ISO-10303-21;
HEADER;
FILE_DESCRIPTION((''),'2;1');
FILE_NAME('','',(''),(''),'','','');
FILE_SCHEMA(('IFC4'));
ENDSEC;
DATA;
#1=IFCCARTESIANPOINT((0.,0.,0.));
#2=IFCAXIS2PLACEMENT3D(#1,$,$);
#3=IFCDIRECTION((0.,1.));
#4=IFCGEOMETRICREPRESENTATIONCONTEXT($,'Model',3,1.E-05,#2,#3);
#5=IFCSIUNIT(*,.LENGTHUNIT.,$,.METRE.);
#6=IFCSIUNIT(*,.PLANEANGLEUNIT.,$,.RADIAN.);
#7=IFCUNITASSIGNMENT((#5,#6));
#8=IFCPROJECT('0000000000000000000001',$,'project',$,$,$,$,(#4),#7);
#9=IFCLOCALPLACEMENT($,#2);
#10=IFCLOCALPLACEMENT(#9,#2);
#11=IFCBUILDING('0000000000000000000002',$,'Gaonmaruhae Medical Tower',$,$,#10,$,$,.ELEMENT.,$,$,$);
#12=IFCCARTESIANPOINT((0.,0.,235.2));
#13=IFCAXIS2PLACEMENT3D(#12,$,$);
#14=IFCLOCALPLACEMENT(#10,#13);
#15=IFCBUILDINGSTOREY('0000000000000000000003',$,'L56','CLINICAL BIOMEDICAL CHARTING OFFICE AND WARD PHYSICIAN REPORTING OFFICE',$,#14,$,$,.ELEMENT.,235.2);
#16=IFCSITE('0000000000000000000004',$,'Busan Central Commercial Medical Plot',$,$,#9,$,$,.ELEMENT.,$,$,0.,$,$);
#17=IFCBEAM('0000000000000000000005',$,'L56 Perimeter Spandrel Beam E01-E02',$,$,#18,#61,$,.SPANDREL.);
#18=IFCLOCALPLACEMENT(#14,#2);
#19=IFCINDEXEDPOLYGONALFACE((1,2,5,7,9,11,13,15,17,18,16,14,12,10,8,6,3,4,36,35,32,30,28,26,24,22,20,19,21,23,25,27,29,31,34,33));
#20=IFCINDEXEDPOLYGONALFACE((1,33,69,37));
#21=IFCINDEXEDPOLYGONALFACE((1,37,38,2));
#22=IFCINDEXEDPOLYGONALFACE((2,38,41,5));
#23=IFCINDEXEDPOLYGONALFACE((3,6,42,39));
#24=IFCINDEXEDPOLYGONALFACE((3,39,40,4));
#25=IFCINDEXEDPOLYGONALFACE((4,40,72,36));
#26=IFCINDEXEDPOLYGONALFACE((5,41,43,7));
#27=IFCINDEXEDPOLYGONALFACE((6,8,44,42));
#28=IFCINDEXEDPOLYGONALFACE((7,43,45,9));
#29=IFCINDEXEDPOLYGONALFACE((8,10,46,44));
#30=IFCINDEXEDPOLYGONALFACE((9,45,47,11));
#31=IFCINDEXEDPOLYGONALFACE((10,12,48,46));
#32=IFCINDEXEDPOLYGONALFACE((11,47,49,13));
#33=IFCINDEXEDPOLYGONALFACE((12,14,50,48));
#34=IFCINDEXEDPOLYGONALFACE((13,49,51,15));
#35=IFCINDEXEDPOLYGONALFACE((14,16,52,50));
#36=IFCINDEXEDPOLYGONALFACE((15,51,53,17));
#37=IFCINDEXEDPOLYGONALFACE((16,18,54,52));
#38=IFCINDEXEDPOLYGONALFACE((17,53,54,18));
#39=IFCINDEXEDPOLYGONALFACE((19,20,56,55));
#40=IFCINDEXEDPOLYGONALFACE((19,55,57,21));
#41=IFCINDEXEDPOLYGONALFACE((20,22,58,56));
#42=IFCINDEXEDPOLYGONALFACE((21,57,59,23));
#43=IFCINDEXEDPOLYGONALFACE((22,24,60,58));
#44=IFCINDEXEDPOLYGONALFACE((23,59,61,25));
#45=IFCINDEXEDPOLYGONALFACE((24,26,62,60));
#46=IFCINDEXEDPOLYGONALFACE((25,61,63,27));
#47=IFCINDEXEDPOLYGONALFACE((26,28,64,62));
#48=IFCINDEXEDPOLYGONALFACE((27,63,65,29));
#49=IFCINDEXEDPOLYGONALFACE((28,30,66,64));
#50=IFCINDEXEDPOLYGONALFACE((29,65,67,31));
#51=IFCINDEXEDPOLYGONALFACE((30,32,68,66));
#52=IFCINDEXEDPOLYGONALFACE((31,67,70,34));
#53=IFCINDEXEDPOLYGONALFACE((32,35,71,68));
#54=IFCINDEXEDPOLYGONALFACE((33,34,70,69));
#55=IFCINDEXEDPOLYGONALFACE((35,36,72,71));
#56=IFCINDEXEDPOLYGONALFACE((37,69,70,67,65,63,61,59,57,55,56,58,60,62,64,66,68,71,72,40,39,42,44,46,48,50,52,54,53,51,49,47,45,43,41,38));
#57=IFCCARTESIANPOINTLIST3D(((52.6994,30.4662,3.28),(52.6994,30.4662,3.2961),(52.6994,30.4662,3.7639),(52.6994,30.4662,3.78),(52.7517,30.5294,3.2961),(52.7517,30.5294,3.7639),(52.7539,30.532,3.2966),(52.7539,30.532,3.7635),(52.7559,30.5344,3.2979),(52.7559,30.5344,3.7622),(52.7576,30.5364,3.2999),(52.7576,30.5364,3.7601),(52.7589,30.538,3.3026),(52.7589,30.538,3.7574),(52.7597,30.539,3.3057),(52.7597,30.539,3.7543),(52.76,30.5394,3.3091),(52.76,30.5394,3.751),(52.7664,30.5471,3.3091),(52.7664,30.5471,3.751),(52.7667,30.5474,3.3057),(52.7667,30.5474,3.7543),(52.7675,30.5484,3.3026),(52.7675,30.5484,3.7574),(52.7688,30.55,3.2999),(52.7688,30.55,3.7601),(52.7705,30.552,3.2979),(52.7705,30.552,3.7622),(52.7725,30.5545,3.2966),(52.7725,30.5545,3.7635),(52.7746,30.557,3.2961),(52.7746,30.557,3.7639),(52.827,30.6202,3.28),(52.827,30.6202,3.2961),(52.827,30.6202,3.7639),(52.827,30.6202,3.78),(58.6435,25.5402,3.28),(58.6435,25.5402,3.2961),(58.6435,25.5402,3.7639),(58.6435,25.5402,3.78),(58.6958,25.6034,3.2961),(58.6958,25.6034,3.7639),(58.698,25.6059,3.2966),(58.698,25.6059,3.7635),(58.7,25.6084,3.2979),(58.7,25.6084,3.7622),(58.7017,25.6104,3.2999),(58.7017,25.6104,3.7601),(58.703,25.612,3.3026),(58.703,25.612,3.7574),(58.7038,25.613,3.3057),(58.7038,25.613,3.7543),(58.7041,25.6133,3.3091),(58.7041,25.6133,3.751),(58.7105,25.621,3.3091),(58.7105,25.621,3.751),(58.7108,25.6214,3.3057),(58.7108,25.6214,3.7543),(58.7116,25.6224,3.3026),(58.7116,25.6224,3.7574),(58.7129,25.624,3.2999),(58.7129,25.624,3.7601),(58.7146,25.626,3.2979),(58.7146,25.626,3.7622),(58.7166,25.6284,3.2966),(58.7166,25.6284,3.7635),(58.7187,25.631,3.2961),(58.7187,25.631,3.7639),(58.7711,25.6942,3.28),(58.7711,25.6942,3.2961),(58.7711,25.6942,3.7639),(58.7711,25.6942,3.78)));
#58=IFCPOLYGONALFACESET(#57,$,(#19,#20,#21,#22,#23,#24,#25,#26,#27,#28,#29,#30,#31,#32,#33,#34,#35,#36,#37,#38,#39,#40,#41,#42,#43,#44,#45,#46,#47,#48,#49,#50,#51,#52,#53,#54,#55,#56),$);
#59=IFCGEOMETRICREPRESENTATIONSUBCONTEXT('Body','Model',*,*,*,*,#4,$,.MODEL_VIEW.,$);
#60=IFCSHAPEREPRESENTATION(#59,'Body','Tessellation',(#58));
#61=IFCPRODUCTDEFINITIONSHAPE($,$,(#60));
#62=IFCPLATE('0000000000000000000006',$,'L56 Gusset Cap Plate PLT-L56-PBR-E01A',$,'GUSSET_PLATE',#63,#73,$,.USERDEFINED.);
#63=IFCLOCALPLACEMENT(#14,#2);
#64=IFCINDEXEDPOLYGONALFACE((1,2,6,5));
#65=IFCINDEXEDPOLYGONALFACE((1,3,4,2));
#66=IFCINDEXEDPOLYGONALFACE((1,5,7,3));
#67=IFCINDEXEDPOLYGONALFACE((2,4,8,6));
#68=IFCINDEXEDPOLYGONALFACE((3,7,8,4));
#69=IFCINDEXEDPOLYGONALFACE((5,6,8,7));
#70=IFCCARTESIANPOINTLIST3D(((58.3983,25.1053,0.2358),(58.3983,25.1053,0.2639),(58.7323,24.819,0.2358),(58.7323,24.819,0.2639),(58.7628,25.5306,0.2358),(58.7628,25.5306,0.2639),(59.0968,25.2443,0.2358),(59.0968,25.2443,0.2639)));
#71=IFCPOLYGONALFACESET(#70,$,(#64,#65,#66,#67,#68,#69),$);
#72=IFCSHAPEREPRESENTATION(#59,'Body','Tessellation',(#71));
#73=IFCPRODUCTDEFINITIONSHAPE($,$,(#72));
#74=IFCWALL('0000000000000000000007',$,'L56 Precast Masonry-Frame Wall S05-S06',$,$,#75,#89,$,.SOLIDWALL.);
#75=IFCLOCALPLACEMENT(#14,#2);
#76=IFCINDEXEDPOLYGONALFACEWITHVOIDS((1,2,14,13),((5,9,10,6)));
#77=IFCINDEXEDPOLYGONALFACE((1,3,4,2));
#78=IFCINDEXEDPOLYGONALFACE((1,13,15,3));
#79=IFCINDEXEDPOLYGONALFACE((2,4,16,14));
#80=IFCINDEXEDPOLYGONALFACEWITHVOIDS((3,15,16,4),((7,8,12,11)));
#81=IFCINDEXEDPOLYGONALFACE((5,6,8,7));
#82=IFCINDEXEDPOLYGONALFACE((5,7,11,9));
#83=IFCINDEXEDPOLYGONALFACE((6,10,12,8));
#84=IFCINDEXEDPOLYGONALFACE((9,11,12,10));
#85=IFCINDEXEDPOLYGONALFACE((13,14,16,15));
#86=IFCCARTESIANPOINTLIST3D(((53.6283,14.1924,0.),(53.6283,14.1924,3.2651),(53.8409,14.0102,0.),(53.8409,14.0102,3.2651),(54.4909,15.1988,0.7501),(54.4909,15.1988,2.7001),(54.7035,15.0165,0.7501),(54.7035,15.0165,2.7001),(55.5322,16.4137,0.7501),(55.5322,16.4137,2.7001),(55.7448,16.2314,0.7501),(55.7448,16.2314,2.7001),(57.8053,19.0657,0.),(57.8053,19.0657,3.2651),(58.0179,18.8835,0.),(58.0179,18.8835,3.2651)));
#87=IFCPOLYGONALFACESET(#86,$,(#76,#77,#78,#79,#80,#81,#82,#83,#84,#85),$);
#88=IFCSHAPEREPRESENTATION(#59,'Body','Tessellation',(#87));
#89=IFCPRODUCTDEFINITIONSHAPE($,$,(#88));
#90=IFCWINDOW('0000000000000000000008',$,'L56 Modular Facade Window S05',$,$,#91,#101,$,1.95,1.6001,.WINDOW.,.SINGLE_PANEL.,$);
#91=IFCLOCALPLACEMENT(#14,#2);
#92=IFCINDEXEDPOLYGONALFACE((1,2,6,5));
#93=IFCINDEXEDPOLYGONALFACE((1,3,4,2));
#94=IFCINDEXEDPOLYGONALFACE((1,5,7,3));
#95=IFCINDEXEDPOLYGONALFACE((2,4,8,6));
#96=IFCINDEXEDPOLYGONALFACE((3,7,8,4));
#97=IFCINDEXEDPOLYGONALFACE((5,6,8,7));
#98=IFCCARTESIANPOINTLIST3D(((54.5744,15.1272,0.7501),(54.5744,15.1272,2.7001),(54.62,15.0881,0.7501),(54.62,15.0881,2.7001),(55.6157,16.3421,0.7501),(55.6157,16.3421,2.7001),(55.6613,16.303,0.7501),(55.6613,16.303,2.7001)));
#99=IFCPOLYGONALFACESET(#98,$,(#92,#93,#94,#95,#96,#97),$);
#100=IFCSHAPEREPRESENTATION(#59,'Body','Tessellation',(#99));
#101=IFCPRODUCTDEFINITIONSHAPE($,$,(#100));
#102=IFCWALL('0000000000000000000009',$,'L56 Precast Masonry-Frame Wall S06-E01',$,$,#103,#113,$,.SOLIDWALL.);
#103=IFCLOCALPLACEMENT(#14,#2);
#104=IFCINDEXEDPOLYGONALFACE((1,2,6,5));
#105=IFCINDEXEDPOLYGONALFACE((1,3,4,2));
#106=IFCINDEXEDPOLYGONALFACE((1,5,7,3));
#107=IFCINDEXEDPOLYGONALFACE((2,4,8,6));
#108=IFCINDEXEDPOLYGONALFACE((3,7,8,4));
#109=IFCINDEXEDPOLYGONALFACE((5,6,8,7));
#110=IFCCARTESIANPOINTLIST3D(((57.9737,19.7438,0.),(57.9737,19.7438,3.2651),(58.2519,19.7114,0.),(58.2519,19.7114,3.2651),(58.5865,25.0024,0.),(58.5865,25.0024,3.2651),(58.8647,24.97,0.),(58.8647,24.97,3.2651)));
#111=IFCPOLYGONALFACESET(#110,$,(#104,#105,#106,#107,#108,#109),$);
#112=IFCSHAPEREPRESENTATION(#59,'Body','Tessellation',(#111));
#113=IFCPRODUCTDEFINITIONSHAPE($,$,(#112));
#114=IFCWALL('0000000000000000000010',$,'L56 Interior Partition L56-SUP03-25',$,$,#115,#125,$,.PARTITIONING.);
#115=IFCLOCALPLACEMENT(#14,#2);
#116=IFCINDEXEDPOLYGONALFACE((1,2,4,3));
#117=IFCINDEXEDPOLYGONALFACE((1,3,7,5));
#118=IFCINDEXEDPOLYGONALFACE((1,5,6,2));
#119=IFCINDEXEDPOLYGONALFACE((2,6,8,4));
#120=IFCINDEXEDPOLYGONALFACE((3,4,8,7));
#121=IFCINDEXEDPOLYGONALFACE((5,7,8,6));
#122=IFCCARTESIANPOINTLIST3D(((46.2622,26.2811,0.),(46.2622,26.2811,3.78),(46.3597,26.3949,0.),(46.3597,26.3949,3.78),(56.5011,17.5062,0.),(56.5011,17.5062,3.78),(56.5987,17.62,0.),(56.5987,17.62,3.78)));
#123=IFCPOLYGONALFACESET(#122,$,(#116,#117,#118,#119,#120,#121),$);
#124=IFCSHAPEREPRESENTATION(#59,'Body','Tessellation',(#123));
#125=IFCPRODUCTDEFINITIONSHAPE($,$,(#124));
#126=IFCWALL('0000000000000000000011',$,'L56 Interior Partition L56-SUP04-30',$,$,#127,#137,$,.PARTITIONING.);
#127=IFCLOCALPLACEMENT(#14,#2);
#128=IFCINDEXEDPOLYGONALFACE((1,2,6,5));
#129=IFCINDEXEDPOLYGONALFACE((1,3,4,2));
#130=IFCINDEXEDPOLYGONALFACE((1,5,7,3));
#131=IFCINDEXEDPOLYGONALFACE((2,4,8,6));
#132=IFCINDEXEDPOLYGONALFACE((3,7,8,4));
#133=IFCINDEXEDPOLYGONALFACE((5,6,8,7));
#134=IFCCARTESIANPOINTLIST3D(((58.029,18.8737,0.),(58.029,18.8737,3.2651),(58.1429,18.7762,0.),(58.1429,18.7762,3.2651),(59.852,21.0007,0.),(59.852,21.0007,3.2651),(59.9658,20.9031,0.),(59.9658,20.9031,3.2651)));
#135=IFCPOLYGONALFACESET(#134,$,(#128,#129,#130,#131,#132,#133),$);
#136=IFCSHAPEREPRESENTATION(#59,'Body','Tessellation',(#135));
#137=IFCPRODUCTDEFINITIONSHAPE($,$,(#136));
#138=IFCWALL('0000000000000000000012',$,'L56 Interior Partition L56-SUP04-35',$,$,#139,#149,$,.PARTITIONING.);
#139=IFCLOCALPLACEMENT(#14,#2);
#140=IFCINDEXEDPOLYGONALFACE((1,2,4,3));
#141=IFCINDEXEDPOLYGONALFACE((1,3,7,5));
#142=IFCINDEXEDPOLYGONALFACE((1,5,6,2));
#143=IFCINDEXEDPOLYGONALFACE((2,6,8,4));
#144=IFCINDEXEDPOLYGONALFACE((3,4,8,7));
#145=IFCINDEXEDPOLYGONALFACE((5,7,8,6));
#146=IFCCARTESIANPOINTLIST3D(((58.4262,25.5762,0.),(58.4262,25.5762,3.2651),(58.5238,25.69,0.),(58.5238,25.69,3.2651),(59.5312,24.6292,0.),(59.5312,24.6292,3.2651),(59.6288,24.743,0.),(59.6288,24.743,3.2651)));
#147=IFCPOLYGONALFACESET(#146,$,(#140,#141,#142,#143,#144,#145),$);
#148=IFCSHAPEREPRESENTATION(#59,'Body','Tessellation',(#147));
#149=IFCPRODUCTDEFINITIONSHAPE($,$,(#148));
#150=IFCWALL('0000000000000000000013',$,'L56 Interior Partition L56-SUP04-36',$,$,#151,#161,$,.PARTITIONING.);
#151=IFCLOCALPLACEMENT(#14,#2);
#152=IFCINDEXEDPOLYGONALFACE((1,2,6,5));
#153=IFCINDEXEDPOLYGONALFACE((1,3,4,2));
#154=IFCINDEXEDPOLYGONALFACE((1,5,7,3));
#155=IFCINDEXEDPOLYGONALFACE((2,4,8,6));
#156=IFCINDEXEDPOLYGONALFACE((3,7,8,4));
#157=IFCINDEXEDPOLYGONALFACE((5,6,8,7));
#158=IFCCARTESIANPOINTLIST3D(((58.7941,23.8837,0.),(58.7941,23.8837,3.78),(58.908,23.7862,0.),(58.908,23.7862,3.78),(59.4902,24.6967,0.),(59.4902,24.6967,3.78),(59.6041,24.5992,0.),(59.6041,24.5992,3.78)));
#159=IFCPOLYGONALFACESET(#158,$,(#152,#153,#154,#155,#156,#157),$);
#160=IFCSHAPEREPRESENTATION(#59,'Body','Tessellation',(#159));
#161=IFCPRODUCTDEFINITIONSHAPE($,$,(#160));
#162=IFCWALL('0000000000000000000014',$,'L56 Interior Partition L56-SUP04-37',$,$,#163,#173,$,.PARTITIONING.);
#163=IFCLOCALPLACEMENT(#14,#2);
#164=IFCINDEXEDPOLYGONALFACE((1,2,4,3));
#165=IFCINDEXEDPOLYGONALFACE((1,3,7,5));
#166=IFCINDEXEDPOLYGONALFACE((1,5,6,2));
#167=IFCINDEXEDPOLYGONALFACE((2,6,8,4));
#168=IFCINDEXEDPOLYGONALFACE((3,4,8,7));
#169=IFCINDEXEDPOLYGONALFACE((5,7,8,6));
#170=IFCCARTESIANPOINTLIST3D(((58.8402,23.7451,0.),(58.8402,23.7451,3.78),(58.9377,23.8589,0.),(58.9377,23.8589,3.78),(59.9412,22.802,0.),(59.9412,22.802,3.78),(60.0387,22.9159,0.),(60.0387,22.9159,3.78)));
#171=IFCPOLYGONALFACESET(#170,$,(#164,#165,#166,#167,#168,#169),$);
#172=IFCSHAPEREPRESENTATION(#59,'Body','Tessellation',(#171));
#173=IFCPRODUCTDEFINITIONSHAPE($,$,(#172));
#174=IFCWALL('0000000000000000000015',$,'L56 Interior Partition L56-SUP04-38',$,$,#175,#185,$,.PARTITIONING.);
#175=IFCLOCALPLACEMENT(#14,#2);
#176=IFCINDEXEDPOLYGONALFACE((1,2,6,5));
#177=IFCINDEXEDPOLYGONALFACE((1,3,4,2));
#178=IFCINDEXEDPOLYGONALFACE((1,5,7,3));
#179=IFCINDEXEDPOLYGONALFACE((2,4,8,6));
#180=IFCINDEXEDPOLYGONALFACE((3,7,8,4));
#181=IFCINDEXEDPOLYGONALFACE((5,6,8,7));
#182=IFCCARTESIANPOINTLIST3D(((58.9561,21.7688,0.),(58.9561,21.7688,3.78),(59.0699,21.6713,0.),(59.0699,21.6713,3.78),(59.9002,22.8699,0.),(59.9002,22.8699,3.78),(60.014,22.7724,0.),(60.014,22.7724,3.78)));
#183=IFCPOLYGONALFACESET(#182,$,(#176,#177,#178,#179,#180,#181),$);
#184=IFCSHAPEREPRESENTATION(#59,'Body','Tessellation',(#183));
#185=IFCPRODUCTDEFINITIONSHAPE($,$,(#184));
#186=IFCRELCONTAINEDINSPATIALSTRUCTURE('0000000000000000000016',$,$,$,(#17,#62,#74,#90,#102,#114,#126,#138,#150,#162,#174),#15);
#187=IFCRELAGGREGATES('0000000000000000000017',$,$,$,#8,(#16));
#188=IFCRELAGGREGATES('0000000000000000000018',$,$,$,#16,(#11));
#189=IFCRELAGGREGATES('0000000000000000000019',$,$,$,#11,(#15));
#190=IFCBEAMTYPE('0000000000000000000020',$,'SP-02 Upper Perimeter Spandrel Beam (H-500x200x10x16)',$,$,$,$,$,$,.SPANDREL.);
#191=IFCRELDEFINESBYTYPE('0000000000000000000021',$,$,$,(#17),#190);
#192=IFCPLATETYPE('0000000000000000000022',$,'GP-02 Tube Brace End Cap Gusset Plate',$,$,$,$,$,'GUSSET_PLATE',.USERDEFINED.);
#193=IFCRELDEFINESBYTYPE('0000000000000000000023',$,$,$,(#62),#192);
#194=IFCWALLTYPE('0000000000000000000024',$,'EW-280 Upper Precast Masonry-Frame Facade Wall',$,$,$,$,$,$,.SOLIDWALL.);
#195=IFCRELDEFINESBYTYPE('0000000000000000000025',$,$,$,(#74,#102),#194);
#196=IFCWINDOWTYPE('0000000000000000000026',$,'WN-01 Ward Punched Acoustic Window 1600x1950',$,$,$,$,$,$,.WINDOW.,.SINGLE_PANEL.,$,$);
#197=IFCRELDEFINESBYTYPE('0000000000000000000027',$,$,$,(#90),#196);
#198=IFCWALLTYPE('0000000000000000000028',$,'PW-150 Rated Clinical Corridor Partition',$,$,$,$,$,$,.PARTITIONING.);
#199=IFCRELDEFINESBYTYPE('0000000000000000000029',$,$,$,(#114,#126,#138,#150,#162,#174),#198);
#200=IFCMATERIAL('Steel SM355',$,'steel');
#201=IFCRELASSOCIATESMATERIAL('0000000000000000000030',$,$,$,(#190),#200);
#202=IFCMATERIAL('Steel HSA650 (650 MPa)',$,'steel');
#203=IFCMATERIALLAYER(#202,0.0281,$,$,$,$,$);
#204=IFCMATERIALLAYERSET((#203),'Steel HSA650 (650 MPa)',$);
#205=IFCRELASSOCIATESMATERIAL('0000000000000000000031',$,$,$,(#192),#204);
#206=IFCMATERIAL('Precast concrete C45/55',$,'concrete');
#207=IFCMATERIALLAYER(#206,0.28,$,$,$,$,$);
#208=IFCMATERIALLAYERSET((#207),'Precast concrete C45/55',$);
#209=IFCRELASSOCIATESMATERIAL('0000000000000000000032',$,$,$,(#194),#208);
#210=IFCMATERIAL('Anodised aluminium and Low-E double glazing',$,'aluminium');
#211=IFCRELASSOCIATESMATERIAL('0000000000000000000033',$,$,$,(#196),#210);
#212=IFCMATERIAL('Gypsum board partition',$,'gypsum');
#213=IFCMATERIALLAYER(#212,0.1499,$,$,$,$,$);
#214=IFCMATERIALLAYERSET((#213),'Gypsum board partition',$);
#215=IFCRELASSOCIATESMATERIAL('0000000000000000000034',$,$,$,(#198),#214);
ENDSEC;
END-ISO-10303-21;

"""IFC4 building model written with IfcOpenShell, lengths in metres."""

from ifc_helpers import new_model, si_unit, direction, frame, frame_2d, origin, origin_2d, place, context, subcontext, project, spatial, rectangle, i_section, extrude, material, layer, layer_set, material_profile, profile_set, type_object, element, fill, save


model = new_model("IFC4")

# Units and contexts
model_context = context("Model", 3, precision=1e-05, world=origin(), true_north=direction((0.0, 1.0)))
body_context = subcontext(model_context, "Body", "Model", "MODEL_VIEW")
ifc_project = project(units=[si_unit("LENGTHUNIT", "METRE"), si_unit("PLANEANGLEUNIT", "RADIAN")], contexts=[model_context])

# Site, building, storey
site_placement = place(None, origin())
site = spatial("IfcSite", under=ifc_project, at=site_placement, Name="Busan Central Commercial Medical Plot", CompositionType="ELEMENT", RefElevation=0.0)
building_placement = place(site_placement, origin())
building = spatial("IfcBuilding", under=site, at=building_placement, Name="Gaonmaruhae Medical Tower", CompositionType="ELEMENT")
storey_placement = place(building_placement, frame((0.0, 0.0, 235.2)))
storey = spatial("IfcBuildingStorey", under=building, at=storey_placement, Name="L56", Description="CLINICAL BIOMEDICAL CHARTING OFFICE AND WARD PHYSICIAN REPORTING OFFICE", CompositionType="ELEMENT", Elevation=235.2)

# Shared definitions
ifc_material_1 = material(Name="Steel SM355", Category="steel")

# Beam
ifc_material_profile_1 = material_profile(ifc_material_1, i_section(OverallWidth=0.2, OverallDepth=0.5, WebThickness=0.01, FlangeThickness=0.0161, FilletRadius=0.0129, at=origin_2d()), Name="H-500x200x10x16")
ifc_profile_set_1 = profile_set([ifc_material_profile_1], Name="Steel SM355")
beam_type_1 = type_object("IfcBeamType", Name="SP-02 Upper Perimeter Spandrel Beam (H-500x200x10x16)", PredefinedType="SPANDREL", material=ifc_profile_set_1)
beam_1_placement = place(storey_placement, frame((58.7073, 25.6172, 3.53), z_axis=(-0.769963, 0.638089, 0.0), x_axis=(-0.638089, -0.769963, 0.0)))
element("IfcBeam", 1, at=beam_1_placement, inside=storey, type_object=beam_type_1, Name="L56 Perimeter Spandrel Beam E01-E02", PredefinedType="SPANDREL", context=body_context, shape_type="SweptSolid", body=[
    extrude(i_section(OverallWidth=0.2, OverallDepth=0.5, WebThickness=0.01, FlangeThickness=0.0161, FilletRadius=0.0129, at=origin_2d()), origin(), (0.0, 0.0, 1.0), 7.72),
])

# Plate
ifc_material_2 = material(Name="Steel HSA650 (650 MPa)", Category="steel")
ifc_layer_1 = layer(ifc_material_2, 0.0281)
ifc_layer_set_1 = layer_set([ifc_layer_1], Name="Steel HSA650 (650 MPa)")
plate_type = type_object("IfcPlateType", Name="GP-02 Tube Brace End Cap Gusset Plate", ElementType="GUSSET_PLATE", PredefinedType="USERDEFINED", material=ifc_layer_set_1)
plate_placement = place(storey_placement, frame((58.7476, 25.1748, 0.2358), z_axis=(0.0, 0.0, 1.0), x_axis=(0.650774, 0.759271, 0.0)))
element("IfcPlate", 2, at=plate_placement, inside=storey, type_object=plate_type, Name="L56 Gusset Cap Plate PLT-L56-PBR-E01A", ObjectType="GUSSET_PLATE", PredefinedType="USERDEFINED", context=body_context, shape_type="SweptSolid", body=[
    extrude(rectangle(XDim=0.5601, YDim=0.4399, at=origin_2d()), origin(), (0.0, 0.0, 1.0), 0.0281),
])

# Wall, opening, window
ifc_material_3 = material(Name="Precast concrete C45/55", Category="concrete")
ifc_layer_2 = layer(ifc_material_3, 0.28)
ifc_layer_set_2 = layer_set([ifc_layer_2], Name="Precast concrete C45/55")
wall_type_1 = type_object("IfcWallType", Name="EW-280 Upper Precast Masonry-Frame Facade Wall", PredefinedType="SOLIDWALL", material=ifc_layer_set_2)
wall_1_placement = place(storey_placement, frame((57.9116, 18.9746, 0.0), z_axis=(0.0, 0.0, 1.0), x_axis=(-0.650782, -0.759265, 0.0)))
wall_1 = element("IfcWall", 3, at=wall_1_placement, inside=storey, type_object=wall_type_1, Name="L56 Precast Masonry-Frame Wall S05-S06", PredefinedType="SOLIDWALL", context=body_context, shape_type="SweptSolid", body=[
    extrude(rectangle(XDim=6.4185, YDim=0.28, at=frame_2d((3.2092, 0.0))), origin(), (0.0, 0.0, 1.0), 3.2651),
])
opening_placement = place(wall_1_placement, frame((3.4929, 0.0, 0.75)))
opening = element("IfcOpeningElement", 4, at=opening_placement, cuts=wall_1, PredefinedType="OPENING", context=body_context, shape_type="SweptSolid", body=[
    extrude(rectangle(XDim=1.6001, YDim=1.95, at=frame_2d((0.8, 0.9751))), frame((0.0, 0.1499, 0.0), z_axis=(0.0, -1.0, 0.0), x_axis=(1.0, 0.0, 0.0)), (0.0, 0.0, 1.0), 0.3),
])
ifc_material_4 = material(Name="Anodised aluminium and Low-E double glazing", Category="aluminium")
window_type = type_object("IfcWindowType", Name="WN-01 Ward Punched Acoustic Window 1600x1950", PartitioningType="SINGLE_PANEL", PredefinedType="WINDOW", material=ifc_material_4)
window_placement = place(opening_placement, origin())
window = element("IfcWindow", 5, at=window_placement, inside=storey, type_object=window_type, Name="L56 Modular Facade Window S05", OverallHeight=1.95, OverallWidth=1.6001, PartitioningType="SINGLE_PANEL", PredefinedType="WINDOW", context=body_context, shape_type="SweptSolid", body=[
    extrude(rectangle(XDim=1.6001, YDim=1.95, at=frame_2d((0.8, 0.9751))), frame((0.0, 0.03, 0.0), z_axis=(0.0, -1.0, 0.0), x_axis=(1.0, 0.0, 0.0)), (0.0, 0.0, 1.0), 0.0601),
])
fill(opening, window)

# Walls
wall_2_placement = place(storey_placement, frame((58.7256, 24.9861, 0.0), z_axis=(0.0, 0.0, 1.0), x_axis=(-0.11575, -0.993278, 0.0)))
element("IfcWall", 6, at=wall_2_placement, inside=storey, type_object=wall_type_1, Name="L56 Precast Masonry-Frame Wall S06-E01", PredefinedType="SOLIDWALL", context=body_context, shape_type="SweptSolid", body=[
    extrude(rectangle(XDim=5.2942, YDim=0.28, at=frame_2d((2.647, 0.0))), origin(), (0.0, 0.0, 1.0), 3.2651),
])
ifc_material_5 = material(Name="Gypsum board partition", Category="gypsum")
ifc_layer_3 = layer(ifc_material_5, 0.1499)
ifc_layer_set_3 = layer_set([ifc_layer_3], Name="Gypsum board partition")
wall_type_2 = type_object("IfcWallType", Name="PW-150 Rated Clinical Corridor Partition", PredefinedType="PARTITIONING", material=ifc_layer_set_3)
wall_3_placement = place(storey_placement, frame((46.311, 26.3379, 0.0), z_axis=(0.0, 0.0, 1.0), x_axis=(0.759308, -0.650732, 0.0)))
element("IfcWall", 7, at=wall_3_placement, inside=storey, type_object=wall_type_2, Name="L56 Interior Partition L56-SUP03-25", PredefinedType="PARTITIONING", context=body_context, shape_type="SweptSolid", body=[
    extrude(rectangle(XDim=13.4846, YDim=0.1499, at=frame_2d((6.7422, 0.0))), origin(), (0.0, 0.0, 1.0), 3.78),
])
wall_4_placement = place(storey_placement, frame((59.9089, 20.9519, 0.0), z_axis=(0.0, 0.0, 1.0), x_axis=(-0.65077, -0.759275, 0.0)))
element("IfcWall", 8, at=wall_4_placement, inside=storey, type_object=wall_type_2, Name="L56 Interior Partition L56-SUP04-30", PredefinedType="PARTITIONING", context=body_context, shape_type="SweptSolid", body=[
    extrude(rectangle(XDim=2.8013, YDim=0.1499, at=frame_2d((1.4006, 0.0))), origin(), (0.0, 0.0, 1.0), 3.2651),
])
wall_5_placement = place(storey_placement, frame((58.4751, 25.6331, 0.0), z_axis=(0.0, 0.0, 1.0), x_axis=(0.759292, -0.65075, 0.0)))
element("IfcWall", 9, at=wall_5_placement, inside=storey, type_object=wall_type_2, Name="L56 Interior Partition L56-SUP04-35", PredefinedType="PARTITIONING", context=body_context, shape_type="SweptSolid", body=[
    extrude(rectangle(XDim=1.4553, YDim=0.1499, at=frame_2d((0.7275, 0.0))), origin(), (0.0, 0.0, 1.0), 3.2651),
])
wall_6_placement = place(storey_placement, frame((59.5471, 24.6479, 0.0), z_axis=(0.0, 0.0, 1.0), x_axis=(-0.650359, -0.759627, 0.0)))
element("IfcWall", 10, at=wall_6_placement, inside=storey, type_object=wall_type_2, Name="L56 Interior Partition L56-SUP04-36", PredefinedType="PARTITIONING", context=body_context, shape_type="SweptSolid", body=[
    extrude(rectangle(XDim=1.0703, YDim=0.1499, at=frame_2d((0.5352, 0.0))), origin(), (0.0, 0.0, 1.0), 3.78),
])
wall_7_placement = place(storey_placement, frame((58.8889, 23.802, 0.0), z_axis=(0.0, 0.0, 1.0), x_axis=(0.759482, -0.650528, 0.0)))
element("IfcWall", 11, at=wall_7_placement, inside=storey, type_object=wall_type_2, Name="L56 Interior Partition L56-SUP04-37", PredefinedType="PARTITIONING", context=body_context, shape_type="SweptSolid", body=[
    extrude(rectangle(XDim=1.4497, YDim=0.1499, at=frame_2d((0.7249, 0.0))), origin(), (0.0, 0.0, 1.0), 3.78),
])
wall_8_placement = place(storey_placement, frame((59.957, 22.821, 0.0), z_axis=(0.0, 0.0, 1.0), x_axis=(-0.650916, -0.75915, 0.0)))
element("IfcWall", 12, at=wall_8_placement, inside=storey, type_object=wall_type_2, Name="L56 Interior Partition L56-SUP04-38", PredefinedType="PARTITIONING", context=body_context, shape_type="SweptSolid", body=[
    extrude(rectangle(XDim=1.4504, YDim=0.1499, at=frame_2d((0.7251, 0.0))), origin(), (0.0, 0.0, 1.0), 3.78),
])

save(model, "model.ifc")
